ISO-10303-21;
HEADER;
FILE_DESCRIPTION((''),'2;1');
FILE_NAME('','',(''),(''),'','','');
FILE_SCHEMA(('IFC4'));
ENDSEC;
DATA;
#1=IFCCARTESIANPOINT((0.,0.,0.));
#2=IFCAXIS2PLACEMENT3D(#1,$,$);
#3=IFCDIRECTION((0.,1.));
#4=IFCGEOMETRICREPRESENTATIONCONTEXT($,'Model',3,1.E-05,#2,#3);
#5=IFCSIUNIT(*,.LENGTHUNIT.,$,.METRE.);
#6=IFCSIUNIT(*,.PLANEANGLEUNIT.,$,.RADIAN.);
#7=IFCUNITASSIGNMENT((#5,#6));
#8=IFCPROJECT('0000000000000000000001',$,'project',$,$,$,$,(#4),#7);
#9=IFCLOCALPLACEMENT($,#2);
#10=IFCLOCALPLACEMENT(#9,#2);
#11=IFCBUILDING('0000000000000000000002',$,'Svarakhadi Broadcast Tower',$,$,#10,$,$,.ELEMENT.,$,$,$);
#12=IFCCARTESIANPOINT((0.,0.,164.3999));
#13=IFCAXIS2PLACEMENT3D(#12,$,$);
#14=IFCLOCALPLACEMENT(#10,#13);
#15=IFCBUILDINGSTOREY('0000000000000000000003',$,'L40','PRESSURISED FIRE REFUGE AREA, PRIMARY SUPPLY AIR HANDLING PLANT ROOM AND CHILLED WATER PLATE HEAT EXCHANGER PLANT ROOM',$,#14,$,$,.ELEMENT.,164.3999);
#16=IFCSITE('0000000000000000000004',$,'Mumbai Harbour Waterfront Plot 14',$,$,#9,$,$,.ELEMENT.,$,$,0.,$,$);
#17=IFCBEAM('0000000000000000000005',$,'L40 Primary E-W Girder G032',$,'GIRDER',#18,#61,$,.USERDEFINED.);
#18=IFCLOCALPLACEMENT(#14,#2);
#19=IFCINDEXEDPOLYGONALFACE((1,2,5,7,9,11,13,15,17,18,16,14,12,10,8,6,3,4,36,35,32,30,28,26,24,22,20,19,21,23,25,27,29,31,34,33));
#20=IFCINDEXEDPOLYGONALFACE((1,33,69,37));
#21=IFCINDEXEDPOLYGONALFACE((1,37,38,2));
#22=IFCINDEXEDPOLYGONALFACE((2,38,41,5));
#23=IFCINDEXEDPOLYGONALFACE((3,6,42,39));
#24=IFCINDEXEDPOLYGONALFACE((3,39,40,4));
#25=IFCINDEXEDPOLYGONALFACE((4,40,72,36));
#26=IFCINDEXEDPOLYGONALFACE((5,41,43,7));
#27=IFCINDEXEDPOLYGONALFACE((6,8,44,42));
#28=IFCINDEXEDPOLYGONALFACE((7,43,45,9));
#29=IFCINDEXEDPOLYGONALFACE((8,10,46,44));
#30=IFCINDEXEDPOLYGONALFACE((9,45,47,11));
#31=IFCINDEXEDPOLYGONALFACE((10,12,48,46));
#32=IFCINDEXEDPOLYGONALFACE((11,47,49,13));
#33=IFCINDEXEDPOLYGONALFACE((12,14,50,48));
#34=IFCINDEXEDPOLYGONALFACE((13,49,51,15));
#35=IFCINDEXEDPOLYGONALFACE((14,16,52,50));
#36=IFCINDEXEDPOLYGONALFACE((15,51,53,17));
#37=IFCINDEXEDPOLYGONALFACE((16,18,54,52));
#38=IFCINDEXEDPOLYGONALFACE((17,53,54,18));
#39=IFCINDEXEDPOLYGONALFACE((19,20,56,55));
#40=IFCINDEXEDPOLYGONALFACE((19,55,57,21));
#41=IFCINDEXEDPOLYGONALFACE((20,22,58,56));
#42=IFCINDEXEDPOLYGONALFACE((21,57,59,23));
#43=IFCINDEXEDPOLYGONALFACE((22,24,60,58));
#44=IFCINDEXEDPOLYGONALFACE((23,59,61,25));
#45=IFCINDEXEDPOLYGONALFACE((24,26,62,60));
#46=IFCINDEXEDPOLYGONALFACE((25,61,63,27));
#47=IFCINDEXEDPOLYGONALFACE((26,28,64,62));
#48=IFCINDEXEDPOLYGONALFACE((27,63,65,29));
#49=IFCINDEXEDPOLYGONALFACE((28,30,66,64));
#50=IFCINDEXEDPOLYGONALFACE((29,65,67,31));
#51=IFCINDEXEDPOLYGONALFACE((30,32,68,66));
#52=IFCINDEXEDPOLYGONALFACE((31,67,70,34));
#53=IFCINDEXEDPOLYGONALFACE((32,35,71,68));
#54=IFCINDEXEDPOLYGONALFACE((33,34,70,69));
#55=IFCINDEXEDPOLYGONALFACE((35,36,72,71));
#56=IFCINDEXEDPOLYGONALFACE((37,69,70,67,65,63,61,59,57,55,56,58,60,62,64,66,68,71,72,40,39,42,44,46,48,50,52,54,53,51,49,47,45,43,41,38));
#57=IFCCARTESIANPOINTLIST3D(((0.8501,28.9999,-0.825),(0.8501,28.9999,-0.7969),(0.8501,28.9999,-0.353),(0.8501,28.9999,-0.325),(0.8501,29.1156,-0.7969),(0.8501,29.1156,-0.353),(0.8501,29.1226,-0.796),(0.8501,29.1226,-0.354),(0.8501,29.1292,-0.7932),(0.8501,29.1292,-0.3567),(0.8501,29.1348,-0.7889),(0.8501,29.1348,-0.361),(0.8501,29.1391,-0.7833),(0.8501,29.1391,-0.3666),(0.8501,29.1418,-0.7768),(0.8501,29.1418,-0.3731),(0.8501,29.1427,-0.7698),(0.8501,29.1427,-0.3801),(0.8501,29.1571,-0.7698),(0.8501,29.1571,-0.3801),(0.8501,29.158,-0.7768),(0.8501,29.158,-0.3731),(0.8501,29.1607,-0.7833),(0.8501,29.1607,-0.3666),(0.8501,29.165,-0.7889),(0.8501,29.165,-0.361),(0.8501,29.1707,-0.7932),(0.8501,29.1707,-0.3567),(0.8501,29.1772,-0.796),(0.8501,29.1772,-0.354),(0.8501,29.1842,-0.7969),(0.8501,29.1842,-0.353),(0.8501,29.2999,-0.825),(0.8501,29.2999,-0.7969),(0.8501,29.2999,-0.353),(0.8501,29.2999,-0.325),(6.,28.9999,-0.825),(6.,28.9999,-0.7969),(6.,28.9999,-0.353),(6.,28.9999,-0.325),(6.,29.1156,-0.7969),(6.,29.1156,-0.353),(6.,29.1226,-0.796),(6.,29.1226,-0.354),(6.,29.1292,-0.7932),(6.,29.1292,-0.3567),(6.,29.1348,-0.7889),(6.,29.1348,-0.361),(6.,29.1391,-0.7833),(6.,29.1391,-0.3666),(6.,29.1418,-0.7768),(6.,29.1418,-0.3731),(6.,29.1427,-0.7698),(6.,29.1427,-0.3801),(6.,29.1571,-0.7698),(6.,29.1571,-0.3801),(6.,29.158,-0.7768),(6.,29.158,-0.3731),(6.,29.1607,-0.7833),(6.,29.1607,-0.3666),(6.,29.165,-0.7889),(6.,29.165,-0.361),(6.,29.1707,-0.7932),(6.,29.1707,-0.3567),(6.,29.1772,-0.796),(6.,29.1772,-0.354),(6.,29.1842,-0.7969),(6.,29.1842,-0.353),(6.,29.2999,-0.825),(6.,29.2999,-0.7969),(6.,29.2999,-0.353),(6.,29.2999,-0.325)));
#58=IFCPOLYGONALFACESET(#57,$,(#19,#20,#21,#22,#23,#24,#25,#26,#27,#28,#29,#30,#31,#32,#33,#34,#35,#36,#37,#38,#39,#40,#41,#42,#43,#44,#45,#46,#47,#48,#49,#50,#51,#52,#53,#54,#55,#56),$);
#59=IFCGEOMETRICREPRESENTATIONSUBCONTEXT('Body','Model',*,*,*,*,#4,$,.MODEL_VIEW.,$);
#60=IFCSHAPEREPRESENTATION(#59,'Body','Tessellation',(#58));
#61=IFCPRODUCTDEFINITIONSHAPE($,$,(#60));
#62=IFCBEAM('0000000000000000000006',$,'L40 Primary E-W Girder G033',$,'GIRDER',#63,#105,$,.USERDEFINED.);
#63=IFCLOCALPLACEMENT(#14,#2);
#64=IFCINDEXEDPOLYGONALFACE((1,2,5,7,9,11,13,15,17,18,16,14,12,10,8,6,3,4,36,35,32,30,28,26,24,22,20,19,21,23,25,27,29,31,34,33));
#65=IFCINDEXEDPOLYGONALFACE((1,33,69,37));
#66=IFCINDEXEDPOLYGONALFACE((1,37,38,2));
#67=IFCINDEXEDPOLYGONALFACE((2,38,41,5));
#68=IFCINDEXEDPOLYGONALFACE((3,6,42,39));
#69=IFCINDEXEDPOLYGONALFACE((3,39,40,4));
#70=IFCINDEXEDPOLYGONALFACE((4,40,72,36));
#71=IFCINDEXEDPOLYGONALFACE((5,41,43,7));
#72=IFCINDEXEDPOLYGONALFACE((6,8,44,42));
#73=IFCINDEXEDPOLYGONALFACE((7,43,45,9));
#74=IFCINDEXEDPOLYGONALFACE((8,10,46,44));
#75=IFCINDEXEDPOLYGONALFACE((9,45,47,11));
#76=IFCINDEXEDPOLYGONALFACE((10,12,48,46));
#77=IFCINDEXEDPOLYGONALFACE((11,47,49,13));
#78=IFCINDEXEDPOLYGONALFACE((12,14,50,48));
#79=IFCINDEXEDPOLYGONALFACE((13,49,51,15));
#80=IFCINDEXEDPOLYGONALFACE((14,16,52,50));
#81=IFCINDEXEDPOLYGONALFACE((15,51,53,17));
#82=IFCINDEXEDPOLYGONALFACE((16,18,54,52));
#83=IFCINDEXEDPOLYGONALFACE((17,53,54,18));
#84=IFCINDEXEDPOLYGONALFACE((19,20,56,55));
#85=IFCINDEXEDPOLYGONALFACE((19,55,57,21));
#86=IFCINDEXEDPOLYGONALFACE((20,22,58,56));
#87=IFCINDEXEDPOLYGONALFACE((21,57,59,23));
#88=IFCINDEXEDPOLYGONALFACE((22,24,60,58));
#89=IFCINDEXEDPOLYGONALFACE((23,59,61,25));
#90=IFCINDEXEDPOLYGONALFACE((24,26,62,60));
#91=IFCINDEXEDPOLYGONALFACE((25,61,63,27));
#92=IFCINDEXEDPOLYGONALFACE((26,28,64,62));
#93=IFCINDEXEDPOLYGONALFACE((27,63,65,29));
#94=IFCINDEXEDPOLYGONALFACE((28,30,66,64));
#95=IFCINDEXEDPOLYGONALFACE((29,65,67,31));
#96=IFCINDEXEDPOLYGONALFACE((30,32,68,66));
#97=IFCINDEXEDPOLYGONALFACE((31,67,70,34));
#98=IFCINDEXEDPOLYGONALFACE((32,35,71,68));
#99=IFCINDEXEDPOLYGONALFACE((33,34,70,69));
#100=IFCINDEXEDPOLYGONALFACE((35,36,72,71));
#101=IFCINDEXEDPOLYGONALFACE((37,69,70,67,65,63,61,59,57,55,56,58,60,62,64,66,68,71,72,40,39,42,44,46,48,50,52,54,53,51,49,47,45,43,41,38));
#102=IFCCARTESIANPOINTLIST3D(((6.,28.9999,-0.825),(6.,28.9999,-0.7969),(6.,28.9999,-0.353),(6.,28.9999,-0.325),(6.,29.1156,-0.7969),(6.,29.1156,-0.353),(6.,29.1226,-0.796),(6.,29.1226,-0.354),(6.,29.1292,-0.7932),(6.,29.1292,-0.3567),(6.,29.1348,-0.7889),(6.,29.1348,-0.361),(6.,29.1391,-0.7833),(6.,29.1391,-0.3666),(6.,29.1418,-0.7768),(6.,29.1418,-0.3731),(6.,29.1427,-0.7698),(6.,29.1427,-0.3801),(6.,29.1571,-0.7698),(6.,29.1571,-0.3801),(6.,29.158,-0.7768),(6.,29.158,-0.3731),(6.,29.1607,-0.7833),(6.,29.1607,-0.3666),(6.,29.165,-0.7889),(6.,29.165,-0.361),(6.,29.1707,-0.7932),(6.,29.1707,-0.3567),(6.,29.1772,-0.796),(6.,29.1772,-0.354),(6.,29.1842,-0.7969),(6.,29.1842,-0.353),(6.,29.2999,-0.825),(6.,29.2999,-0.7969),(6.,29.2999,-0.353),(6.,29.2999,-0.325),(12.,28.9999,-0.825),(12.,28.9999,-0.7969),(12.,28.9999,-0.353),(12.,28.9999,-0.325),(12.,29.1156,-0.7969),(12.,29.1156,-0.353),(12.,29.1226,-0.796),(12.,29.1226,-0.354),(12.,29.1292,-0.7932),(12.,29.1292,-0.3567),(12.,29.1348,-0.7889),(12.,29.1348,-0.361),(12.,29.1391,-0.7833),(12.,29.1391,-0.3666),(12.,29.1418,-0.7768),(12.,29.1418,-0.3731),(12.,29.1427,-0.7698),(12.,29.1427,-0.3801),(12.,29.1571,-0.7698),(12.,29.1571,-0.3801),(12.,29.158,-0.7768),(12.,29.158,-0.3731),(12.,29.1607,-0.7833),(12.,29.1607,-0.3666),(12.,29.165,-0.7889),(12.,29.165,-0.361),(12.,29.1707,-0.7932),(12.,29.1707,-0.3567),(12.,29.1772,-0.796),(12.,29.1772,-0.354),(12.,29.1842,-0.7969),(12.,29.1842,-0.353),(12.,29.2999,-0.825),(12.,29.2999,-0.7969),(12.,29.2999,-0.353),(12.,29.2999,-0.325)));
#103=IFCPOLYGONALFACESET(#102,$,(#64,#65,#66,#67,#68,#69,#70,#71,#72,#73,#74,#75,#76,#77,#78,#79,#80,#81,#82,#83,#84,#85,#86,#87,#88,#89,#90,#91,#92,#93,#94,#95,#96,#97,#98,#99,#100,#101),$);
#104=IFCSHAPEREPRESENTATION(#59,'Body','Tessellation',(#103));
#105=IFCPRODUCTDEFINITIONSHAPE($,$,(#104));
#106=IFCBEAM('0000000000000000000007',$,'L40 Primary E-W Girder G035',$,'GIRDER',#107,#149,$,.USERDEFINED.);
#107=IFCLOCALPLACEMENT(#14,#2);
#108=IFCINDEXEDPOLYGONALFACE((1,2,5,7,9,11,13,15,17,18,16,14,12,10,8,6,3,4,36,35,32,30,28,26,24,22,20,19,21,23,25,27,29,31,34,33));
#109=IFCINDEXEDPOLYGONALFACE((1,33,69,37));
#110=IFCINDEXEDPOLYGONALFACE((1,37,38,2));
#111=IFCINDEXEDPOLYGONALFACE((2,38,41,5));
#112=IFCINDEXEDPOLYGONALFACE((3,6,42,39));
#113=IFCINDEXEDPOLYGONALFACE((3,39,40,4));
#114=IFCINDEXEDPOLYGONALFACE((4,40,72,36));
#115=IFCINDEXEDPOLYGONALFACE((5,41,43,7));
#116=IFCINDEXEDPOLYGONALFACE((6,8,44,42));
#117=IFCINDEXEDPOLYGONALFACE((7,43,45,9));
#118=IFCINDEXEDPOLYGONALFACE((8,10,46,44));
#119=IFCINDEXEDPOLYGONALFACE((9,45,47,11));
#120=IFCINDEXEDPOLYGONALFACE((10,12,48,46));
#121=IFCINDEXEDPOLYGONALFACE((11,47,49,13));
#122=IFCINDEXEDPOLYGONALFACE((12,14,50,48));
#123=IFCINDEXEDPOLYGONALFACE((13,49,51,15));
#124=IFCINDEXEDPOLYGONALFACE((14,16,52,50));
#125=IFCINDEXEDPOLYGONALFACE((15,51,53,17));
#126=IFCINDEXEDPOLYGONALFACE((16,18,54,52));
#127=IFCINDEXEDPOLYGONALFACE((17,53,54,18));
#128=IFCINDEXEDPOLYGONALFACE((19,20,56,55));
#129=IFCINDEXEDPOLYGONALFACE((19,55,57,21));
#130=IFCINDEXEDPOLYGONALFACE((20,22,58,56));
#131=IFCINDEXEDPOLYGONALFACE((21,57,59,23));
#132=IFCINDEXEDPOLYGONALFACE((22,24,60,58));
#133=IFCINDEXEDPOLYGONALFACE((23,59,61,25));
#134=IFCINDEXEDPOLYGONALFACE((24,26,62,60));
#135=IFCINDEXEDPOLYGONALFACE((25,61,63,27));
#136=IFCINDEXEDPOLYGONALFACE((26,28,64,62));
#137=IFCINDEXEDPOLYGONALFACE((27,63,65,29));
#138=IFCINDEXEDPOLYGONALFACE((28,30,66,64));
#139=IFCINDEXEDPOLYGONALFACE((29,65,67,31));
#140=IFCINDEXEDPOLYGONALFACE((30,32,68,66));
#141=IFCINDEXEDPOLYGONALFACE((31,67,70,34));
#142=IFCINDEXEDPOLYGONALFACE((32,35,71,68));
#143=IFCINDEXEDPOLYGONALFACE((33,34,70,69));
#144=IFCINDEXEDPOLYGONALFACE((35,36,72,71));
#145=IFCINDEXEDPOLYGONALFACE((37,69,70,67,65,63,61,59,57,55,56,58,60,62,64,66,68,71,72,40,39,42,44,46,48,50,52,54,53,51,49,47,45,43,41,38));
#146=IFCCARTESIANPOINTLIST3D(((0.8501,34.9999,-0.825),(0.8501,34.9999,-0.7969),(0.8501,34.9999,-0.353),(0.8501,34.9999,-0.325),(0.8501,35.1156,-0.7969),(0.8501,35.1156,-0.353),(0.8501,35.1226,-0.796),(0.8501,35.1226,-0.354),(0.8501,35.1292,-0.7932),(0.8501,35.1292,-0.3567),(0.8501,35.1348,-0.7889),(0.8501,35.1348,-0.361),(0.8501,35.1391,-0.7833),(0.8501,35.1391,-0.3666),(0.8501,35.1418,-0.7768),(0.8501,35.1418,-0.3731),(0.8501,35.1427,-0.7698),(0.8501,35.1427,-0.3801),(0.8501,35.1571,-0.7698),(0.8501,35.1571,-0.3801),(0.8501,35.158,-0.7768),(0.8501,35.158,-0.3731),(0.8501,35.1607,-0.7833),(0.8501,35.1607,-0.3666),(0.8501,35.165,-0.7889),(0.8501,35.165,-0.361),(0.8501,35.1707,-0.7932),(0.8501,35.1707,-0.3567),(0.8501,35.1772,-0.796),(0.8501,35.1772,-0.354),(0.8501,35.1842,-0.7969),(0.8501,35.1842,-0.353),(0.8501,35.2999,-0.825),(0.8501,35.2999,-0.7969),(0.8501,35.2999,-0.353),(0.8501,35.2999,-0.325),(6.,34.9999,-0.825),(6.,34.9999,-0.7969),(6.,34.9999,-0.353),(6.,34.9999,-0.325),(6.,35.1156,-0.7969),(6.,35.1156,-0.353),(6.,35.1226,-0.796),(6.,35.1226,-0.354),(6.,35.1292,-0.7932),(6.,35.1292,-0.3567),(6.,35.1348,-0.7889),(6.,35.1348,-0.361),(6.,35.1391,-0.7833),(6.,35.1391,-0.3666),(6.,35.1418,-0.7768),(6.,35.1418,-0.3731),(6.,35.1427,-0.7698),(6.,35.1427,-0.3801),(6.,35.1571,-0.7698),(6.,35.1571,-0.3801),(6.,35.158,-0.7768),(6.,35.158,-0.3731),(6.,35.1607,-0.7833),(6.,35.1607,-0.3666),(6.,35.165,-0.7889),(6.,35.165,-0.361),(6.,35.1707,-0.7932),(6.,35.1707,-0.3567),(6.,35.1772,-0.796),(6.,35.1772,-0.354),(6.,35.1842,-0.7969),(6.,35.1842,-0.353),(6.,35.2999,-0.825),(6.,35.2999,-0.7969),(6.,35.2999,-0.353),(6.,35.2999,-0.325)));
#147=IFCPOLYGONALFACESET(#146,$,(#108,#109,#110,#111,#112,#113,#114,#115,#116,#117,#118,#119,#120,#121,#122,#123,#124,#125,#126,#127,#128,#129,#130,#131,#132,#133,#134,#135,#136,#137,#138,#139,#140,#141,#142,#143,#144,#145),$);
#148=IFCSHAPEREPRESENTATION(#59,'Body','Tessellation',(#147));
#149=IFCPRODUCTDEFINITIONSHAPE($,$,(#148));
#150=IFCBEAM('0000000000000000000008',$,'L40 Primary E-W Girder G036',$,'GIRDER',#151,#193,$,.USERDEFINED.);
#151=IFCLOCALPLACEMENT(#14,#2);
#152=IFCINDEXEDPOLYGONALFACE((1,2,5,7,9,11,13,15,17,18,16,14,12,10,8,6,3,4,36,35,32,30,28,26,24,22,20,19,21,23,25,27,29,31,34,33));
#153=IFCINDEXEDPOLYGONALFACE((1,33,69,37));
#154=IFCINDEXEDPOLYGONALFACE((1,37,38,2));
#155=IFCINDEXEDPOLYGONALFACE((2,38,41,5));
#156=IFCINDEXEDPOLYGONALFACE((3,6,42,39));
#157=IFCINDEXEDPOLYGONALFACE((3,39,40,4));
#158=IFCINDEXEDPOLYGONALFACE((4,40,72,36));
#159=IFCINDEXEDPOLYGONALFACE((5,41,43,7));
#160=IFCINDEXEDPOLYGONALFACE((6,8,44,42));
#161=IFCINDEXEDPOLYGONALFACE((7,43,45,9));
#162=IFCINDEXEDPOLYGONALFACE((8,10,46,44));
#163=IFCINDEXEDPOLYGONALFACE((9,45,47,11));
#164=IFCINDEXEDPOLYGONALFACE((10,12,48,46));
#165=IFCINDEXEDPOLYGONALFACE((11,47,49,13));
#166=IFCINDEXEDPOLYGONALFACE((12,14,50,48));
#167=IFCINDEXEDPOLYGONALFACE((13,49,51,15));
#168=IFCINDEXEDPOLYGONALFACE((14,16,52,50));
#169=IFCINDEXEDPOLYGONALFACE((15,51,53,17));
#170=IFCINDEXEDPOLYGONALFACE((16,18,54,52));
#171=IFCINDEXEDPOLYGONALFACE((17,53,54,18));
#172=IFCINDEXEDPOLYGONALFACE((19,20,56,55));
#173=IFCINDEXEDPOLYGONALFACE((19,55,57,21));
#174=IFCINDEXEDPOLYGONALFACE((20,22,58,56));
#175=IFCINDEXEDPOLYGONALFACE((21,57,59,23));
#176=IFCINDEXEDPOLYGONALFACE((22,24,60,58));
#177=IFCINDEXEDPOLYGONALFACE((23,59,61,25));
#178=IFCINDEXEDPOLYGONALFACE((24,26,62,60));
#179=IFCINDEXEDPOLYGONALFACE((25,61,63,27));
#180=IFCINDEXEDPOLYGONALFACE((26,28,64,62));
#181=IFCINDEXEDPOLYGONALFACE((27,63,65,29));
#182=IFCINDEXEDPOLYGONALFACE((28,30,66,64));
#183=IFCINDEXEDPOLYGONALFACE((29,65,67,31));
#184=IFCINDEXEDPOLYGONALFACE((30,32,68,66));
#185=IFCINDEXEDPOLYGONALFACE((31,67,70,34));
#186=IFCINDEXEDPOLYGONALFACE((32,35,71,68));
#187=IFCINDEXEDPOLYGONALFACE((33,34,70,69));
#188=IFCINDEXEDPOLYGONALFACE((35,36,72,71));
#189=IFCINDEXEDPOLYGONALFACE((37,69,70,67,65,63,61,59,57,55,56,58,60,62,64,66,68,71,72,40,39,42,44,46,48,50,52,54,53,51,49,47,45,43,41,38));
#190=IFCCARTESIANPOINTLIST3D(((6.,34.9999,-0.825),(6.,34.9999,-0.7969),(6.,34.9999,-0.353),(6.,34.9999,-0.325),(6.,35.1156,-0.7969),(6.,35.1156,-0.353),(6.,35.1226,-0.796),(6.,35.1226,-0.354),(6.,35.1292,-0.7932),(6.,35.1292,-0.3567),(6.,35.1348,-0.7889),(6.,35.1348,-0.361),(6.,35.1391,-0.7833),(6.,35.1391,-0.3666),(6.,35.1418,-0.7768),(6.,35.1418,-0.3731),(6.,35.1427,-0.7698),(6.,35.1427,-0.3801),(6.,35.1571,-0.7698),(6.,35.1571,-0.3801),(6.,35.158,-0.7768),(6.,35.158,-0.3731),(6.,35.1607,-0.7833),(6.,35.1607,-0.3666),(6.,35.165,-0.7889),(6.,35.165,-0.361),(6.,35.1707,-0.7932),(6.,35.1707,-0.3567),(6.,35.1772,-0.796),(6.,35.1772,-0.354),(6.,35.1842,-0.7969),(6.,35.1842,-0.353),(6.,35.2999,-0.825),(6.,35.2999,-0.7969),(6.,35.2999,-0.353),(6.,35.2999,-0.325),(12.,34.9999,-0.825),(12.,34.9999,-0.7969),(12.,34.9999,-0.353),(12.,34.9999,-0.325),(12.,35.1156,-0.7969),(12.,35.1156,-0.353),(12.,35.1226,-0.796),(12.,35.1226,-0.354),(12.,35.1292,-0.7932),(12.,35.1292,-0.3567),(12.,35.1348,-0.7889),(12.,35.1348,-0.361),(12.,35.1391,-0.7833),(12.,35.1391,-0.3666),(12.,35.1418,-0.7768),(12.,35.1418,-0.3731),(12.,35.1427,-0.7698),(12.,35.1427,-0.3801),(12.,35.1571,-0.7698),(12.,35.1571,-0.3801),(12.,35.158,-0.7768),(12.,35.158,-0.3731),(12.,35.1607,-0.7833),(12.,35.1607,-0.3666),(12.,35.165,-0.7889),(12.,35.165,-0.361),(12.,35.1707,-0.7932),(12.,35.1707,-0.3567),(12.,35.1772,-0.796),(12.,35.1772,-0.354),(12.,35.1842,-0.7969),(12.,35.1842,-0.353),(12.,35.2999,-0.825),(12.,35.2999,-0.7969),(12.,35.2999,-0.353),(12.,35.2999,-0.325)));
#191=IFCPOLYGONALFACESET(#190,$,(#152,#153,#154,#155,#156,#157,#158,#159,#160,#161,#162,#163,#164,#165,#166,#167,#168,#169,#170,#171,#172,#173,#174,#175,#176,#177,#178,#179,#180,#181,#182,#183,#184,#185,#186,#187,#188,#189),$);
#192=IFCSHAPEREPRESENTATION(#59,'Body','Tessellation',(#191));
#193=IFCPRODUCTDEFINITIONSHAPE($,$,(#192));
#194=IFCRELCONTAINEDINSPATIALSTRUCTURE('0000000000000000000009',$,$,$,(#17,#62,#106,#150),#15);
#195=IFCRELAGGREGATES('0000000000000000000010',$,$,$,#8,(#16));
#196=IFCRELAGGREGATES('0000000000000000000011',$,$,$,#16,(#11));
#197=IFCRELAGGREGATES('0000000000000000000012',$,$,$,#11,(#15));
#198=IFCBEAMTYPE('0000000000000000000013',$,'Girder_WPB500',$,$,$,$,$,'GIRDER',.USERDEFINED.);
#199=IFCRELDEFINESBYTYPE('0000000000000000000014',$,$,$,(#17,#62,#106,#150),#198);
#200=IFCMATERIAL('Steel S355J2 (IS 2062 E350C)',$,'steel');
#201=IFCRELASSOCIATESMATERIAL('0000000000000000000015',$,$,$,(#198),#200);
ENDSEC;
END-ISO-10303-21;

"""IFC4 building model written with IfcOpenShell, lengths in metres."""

from ifc_helpers import new_model, si_unit, direction, frame, origin, origin_2d, place, context, subcontext, project, spatial, i_section, extrude, material, material_profile, profile_set, type_object, element, save


model = new_model("IFC4")

# Units and contexts
model_context = context("Model", 3, precision=1e-05, world=origin(), true_north=direction((0.0, 1.0)))
body_context = subcontext(model_context, "Body", "Model", "MODEL_VIEW")
ifc_project = project(units=[si_unit("LENGTHUNIT", "METRE"), si_unit("PLANEANGLEUNIT", "RADIAN")], contexts=[model_context])

# Site, building, storey
site_placement = place(None, origin())
site = spatial("IfcSite", under=ifc_project, at=site_placement, Name="Mumbai Harbour Waterfront Plot 14", CompositionType="ELEMENT", RefElevation=0.0)
building_placement = place(site_placement, origin())
building = spatial("IfcBuilding", under=site, at=building_placement, Name="Svarakhadi Broadcast Tower", CompositionType="ELEMENT")
storey_placement = place(building_placement, frame((0.0, 0.0, 164.3999)))
storey = spatial("IfcBuildingStorey", under=building, at=storey_placement, Name="L40", Description="PRESSURISED FIRE REFUGE AREA, PRIMARY SUPPLY AIR HANDLING PLANT ROOM AND CHILLED WATER PLATE HEAT EXCHANGER PLANT ROOM", CompositionType="ELEMENT", Elevation=164.3999)

# Shared definitions
ifc_material_1 = material(Name="Steel S355J2 (IS 2062 E350C)", Category="steel")

# Beams
ifc_material_profile_1 = material_profile(ifc_material_1, i_section(OverallWidth=0.3, OverallDepth=0.5, WebThickness=0.0144, FlangeThickness=0.0281, FilletRadius=0.0271, at=origin_2d()), Name="WPB 500x300x187")
ifc_profile_set_1 = profile_set([ifc_material_profile_1], Name="Steel S355J2 (IS 2062 E350C)")
beam_type_1 = type_object("IfcBeamType", Name="Girder_WPB500", ElementType="GIRDER", PredefinedType="USERDEFINED", material=ifc_profile_set_1)
beam_1_placement = place(storey_placement, frame((0.8501, 29.1499, -0.575), z_axis=(1.0, 0.0, 0.0), x_axis=(0.0, 1.0, 0.0)))
element("IfcBeam", 1, at=beam_1_placement, inside=storey, type_object=beam_type_1, Name="L40 Primary E-W Girder G032", ObjectType="GIRDER", PredefinedType="USERDEFINED", context=body_context, shape_type="SweptSolid", body=[
    extrude(i_section(OverallWidth=0.3, OverallDepth=0.5, WebThickness=0.0144, FlangeThickness=0.0281, FilletRadius=0.0271, at=origin_2d()), origin(), (0.0, 0.0, 1.0), 5.1499),
])
beam_2_placement = place(storey_placement, frame((6.0, 29.1499, -0.575), z_axis=(1.0, 0.0, 0.0), x_axis=(0.0, 1.0, 0.0)))
element("IfcBeam", 2, at=beam_2_placement, inside=storey, type_object=beam_type_1, Name="L40 Primary E-W Girder G033", ObjectType="GIRDER", PredefinedType="USERDEFINED", context=body_context, shape_type="SweptSolid", body=[
    extrude(i_section(OverallWidth=0.3, OverallDepth=0.5, WebThickness=0.0144, FlangeThickness=0.0281, FilletRadius=0.0271, at=origin_2d()), origin(), (0.0, 0.0, 1.0), 6.0),
])
beam_3_placement = place(storey_placement, frame((0.8501, 35.1499, -0.575), z_axis=(1.0, 0.0, 0.0), x_axis=(0.0, 1.0, 0.0)))
element("IfcBeam", 3, at=beam_3_placement, inside=storey, type_object=beam_type_1, Name="L40 Primary E-W Girder G035", ObjectType="GIRDER", PredefinedType="USERDEFINED", context=body_context, shape_type="SweptSolid", body=[
    extrude(i_section(OverallWidth=0.3, OverallDepth=0.5, WebThickness=0.0144, FlangeThickness=0.0281, FilletRadius=0.0271, at=origin_2d()), origin(), (0.0, 0.0, 1.0), 5.1499),
])
for number, where, z_axis, x_axis, name in (
    (4, (6.0, 35.1499, -0.575), (1.0, 0.0, 0.0), (0.0, 1.0, 0.0), "L40 Primary E-W Girder G036"),
):
    element("IfcBeam", number, at=place(storey_placement, frame(where, z_axis=z_axis, x_axis=x_axis)), inside=storey, type_object=beam_type_1, Name=name, ObjectType="GIRDER", PredefinedType="USERDEFINED", context=body_context, shape_type="SweptSolid", body=[
        extrude(i_section(OverallWidth=0.3, OverallDepth=0.5, WebThickness=0.0144, FlangeThickness=0.0281, FilletRadius=0.0271, at=origin_2d()), origin(), (0.0, 0.0, 1.0), 6.0),
    ])

save(model, "model.ifc")
